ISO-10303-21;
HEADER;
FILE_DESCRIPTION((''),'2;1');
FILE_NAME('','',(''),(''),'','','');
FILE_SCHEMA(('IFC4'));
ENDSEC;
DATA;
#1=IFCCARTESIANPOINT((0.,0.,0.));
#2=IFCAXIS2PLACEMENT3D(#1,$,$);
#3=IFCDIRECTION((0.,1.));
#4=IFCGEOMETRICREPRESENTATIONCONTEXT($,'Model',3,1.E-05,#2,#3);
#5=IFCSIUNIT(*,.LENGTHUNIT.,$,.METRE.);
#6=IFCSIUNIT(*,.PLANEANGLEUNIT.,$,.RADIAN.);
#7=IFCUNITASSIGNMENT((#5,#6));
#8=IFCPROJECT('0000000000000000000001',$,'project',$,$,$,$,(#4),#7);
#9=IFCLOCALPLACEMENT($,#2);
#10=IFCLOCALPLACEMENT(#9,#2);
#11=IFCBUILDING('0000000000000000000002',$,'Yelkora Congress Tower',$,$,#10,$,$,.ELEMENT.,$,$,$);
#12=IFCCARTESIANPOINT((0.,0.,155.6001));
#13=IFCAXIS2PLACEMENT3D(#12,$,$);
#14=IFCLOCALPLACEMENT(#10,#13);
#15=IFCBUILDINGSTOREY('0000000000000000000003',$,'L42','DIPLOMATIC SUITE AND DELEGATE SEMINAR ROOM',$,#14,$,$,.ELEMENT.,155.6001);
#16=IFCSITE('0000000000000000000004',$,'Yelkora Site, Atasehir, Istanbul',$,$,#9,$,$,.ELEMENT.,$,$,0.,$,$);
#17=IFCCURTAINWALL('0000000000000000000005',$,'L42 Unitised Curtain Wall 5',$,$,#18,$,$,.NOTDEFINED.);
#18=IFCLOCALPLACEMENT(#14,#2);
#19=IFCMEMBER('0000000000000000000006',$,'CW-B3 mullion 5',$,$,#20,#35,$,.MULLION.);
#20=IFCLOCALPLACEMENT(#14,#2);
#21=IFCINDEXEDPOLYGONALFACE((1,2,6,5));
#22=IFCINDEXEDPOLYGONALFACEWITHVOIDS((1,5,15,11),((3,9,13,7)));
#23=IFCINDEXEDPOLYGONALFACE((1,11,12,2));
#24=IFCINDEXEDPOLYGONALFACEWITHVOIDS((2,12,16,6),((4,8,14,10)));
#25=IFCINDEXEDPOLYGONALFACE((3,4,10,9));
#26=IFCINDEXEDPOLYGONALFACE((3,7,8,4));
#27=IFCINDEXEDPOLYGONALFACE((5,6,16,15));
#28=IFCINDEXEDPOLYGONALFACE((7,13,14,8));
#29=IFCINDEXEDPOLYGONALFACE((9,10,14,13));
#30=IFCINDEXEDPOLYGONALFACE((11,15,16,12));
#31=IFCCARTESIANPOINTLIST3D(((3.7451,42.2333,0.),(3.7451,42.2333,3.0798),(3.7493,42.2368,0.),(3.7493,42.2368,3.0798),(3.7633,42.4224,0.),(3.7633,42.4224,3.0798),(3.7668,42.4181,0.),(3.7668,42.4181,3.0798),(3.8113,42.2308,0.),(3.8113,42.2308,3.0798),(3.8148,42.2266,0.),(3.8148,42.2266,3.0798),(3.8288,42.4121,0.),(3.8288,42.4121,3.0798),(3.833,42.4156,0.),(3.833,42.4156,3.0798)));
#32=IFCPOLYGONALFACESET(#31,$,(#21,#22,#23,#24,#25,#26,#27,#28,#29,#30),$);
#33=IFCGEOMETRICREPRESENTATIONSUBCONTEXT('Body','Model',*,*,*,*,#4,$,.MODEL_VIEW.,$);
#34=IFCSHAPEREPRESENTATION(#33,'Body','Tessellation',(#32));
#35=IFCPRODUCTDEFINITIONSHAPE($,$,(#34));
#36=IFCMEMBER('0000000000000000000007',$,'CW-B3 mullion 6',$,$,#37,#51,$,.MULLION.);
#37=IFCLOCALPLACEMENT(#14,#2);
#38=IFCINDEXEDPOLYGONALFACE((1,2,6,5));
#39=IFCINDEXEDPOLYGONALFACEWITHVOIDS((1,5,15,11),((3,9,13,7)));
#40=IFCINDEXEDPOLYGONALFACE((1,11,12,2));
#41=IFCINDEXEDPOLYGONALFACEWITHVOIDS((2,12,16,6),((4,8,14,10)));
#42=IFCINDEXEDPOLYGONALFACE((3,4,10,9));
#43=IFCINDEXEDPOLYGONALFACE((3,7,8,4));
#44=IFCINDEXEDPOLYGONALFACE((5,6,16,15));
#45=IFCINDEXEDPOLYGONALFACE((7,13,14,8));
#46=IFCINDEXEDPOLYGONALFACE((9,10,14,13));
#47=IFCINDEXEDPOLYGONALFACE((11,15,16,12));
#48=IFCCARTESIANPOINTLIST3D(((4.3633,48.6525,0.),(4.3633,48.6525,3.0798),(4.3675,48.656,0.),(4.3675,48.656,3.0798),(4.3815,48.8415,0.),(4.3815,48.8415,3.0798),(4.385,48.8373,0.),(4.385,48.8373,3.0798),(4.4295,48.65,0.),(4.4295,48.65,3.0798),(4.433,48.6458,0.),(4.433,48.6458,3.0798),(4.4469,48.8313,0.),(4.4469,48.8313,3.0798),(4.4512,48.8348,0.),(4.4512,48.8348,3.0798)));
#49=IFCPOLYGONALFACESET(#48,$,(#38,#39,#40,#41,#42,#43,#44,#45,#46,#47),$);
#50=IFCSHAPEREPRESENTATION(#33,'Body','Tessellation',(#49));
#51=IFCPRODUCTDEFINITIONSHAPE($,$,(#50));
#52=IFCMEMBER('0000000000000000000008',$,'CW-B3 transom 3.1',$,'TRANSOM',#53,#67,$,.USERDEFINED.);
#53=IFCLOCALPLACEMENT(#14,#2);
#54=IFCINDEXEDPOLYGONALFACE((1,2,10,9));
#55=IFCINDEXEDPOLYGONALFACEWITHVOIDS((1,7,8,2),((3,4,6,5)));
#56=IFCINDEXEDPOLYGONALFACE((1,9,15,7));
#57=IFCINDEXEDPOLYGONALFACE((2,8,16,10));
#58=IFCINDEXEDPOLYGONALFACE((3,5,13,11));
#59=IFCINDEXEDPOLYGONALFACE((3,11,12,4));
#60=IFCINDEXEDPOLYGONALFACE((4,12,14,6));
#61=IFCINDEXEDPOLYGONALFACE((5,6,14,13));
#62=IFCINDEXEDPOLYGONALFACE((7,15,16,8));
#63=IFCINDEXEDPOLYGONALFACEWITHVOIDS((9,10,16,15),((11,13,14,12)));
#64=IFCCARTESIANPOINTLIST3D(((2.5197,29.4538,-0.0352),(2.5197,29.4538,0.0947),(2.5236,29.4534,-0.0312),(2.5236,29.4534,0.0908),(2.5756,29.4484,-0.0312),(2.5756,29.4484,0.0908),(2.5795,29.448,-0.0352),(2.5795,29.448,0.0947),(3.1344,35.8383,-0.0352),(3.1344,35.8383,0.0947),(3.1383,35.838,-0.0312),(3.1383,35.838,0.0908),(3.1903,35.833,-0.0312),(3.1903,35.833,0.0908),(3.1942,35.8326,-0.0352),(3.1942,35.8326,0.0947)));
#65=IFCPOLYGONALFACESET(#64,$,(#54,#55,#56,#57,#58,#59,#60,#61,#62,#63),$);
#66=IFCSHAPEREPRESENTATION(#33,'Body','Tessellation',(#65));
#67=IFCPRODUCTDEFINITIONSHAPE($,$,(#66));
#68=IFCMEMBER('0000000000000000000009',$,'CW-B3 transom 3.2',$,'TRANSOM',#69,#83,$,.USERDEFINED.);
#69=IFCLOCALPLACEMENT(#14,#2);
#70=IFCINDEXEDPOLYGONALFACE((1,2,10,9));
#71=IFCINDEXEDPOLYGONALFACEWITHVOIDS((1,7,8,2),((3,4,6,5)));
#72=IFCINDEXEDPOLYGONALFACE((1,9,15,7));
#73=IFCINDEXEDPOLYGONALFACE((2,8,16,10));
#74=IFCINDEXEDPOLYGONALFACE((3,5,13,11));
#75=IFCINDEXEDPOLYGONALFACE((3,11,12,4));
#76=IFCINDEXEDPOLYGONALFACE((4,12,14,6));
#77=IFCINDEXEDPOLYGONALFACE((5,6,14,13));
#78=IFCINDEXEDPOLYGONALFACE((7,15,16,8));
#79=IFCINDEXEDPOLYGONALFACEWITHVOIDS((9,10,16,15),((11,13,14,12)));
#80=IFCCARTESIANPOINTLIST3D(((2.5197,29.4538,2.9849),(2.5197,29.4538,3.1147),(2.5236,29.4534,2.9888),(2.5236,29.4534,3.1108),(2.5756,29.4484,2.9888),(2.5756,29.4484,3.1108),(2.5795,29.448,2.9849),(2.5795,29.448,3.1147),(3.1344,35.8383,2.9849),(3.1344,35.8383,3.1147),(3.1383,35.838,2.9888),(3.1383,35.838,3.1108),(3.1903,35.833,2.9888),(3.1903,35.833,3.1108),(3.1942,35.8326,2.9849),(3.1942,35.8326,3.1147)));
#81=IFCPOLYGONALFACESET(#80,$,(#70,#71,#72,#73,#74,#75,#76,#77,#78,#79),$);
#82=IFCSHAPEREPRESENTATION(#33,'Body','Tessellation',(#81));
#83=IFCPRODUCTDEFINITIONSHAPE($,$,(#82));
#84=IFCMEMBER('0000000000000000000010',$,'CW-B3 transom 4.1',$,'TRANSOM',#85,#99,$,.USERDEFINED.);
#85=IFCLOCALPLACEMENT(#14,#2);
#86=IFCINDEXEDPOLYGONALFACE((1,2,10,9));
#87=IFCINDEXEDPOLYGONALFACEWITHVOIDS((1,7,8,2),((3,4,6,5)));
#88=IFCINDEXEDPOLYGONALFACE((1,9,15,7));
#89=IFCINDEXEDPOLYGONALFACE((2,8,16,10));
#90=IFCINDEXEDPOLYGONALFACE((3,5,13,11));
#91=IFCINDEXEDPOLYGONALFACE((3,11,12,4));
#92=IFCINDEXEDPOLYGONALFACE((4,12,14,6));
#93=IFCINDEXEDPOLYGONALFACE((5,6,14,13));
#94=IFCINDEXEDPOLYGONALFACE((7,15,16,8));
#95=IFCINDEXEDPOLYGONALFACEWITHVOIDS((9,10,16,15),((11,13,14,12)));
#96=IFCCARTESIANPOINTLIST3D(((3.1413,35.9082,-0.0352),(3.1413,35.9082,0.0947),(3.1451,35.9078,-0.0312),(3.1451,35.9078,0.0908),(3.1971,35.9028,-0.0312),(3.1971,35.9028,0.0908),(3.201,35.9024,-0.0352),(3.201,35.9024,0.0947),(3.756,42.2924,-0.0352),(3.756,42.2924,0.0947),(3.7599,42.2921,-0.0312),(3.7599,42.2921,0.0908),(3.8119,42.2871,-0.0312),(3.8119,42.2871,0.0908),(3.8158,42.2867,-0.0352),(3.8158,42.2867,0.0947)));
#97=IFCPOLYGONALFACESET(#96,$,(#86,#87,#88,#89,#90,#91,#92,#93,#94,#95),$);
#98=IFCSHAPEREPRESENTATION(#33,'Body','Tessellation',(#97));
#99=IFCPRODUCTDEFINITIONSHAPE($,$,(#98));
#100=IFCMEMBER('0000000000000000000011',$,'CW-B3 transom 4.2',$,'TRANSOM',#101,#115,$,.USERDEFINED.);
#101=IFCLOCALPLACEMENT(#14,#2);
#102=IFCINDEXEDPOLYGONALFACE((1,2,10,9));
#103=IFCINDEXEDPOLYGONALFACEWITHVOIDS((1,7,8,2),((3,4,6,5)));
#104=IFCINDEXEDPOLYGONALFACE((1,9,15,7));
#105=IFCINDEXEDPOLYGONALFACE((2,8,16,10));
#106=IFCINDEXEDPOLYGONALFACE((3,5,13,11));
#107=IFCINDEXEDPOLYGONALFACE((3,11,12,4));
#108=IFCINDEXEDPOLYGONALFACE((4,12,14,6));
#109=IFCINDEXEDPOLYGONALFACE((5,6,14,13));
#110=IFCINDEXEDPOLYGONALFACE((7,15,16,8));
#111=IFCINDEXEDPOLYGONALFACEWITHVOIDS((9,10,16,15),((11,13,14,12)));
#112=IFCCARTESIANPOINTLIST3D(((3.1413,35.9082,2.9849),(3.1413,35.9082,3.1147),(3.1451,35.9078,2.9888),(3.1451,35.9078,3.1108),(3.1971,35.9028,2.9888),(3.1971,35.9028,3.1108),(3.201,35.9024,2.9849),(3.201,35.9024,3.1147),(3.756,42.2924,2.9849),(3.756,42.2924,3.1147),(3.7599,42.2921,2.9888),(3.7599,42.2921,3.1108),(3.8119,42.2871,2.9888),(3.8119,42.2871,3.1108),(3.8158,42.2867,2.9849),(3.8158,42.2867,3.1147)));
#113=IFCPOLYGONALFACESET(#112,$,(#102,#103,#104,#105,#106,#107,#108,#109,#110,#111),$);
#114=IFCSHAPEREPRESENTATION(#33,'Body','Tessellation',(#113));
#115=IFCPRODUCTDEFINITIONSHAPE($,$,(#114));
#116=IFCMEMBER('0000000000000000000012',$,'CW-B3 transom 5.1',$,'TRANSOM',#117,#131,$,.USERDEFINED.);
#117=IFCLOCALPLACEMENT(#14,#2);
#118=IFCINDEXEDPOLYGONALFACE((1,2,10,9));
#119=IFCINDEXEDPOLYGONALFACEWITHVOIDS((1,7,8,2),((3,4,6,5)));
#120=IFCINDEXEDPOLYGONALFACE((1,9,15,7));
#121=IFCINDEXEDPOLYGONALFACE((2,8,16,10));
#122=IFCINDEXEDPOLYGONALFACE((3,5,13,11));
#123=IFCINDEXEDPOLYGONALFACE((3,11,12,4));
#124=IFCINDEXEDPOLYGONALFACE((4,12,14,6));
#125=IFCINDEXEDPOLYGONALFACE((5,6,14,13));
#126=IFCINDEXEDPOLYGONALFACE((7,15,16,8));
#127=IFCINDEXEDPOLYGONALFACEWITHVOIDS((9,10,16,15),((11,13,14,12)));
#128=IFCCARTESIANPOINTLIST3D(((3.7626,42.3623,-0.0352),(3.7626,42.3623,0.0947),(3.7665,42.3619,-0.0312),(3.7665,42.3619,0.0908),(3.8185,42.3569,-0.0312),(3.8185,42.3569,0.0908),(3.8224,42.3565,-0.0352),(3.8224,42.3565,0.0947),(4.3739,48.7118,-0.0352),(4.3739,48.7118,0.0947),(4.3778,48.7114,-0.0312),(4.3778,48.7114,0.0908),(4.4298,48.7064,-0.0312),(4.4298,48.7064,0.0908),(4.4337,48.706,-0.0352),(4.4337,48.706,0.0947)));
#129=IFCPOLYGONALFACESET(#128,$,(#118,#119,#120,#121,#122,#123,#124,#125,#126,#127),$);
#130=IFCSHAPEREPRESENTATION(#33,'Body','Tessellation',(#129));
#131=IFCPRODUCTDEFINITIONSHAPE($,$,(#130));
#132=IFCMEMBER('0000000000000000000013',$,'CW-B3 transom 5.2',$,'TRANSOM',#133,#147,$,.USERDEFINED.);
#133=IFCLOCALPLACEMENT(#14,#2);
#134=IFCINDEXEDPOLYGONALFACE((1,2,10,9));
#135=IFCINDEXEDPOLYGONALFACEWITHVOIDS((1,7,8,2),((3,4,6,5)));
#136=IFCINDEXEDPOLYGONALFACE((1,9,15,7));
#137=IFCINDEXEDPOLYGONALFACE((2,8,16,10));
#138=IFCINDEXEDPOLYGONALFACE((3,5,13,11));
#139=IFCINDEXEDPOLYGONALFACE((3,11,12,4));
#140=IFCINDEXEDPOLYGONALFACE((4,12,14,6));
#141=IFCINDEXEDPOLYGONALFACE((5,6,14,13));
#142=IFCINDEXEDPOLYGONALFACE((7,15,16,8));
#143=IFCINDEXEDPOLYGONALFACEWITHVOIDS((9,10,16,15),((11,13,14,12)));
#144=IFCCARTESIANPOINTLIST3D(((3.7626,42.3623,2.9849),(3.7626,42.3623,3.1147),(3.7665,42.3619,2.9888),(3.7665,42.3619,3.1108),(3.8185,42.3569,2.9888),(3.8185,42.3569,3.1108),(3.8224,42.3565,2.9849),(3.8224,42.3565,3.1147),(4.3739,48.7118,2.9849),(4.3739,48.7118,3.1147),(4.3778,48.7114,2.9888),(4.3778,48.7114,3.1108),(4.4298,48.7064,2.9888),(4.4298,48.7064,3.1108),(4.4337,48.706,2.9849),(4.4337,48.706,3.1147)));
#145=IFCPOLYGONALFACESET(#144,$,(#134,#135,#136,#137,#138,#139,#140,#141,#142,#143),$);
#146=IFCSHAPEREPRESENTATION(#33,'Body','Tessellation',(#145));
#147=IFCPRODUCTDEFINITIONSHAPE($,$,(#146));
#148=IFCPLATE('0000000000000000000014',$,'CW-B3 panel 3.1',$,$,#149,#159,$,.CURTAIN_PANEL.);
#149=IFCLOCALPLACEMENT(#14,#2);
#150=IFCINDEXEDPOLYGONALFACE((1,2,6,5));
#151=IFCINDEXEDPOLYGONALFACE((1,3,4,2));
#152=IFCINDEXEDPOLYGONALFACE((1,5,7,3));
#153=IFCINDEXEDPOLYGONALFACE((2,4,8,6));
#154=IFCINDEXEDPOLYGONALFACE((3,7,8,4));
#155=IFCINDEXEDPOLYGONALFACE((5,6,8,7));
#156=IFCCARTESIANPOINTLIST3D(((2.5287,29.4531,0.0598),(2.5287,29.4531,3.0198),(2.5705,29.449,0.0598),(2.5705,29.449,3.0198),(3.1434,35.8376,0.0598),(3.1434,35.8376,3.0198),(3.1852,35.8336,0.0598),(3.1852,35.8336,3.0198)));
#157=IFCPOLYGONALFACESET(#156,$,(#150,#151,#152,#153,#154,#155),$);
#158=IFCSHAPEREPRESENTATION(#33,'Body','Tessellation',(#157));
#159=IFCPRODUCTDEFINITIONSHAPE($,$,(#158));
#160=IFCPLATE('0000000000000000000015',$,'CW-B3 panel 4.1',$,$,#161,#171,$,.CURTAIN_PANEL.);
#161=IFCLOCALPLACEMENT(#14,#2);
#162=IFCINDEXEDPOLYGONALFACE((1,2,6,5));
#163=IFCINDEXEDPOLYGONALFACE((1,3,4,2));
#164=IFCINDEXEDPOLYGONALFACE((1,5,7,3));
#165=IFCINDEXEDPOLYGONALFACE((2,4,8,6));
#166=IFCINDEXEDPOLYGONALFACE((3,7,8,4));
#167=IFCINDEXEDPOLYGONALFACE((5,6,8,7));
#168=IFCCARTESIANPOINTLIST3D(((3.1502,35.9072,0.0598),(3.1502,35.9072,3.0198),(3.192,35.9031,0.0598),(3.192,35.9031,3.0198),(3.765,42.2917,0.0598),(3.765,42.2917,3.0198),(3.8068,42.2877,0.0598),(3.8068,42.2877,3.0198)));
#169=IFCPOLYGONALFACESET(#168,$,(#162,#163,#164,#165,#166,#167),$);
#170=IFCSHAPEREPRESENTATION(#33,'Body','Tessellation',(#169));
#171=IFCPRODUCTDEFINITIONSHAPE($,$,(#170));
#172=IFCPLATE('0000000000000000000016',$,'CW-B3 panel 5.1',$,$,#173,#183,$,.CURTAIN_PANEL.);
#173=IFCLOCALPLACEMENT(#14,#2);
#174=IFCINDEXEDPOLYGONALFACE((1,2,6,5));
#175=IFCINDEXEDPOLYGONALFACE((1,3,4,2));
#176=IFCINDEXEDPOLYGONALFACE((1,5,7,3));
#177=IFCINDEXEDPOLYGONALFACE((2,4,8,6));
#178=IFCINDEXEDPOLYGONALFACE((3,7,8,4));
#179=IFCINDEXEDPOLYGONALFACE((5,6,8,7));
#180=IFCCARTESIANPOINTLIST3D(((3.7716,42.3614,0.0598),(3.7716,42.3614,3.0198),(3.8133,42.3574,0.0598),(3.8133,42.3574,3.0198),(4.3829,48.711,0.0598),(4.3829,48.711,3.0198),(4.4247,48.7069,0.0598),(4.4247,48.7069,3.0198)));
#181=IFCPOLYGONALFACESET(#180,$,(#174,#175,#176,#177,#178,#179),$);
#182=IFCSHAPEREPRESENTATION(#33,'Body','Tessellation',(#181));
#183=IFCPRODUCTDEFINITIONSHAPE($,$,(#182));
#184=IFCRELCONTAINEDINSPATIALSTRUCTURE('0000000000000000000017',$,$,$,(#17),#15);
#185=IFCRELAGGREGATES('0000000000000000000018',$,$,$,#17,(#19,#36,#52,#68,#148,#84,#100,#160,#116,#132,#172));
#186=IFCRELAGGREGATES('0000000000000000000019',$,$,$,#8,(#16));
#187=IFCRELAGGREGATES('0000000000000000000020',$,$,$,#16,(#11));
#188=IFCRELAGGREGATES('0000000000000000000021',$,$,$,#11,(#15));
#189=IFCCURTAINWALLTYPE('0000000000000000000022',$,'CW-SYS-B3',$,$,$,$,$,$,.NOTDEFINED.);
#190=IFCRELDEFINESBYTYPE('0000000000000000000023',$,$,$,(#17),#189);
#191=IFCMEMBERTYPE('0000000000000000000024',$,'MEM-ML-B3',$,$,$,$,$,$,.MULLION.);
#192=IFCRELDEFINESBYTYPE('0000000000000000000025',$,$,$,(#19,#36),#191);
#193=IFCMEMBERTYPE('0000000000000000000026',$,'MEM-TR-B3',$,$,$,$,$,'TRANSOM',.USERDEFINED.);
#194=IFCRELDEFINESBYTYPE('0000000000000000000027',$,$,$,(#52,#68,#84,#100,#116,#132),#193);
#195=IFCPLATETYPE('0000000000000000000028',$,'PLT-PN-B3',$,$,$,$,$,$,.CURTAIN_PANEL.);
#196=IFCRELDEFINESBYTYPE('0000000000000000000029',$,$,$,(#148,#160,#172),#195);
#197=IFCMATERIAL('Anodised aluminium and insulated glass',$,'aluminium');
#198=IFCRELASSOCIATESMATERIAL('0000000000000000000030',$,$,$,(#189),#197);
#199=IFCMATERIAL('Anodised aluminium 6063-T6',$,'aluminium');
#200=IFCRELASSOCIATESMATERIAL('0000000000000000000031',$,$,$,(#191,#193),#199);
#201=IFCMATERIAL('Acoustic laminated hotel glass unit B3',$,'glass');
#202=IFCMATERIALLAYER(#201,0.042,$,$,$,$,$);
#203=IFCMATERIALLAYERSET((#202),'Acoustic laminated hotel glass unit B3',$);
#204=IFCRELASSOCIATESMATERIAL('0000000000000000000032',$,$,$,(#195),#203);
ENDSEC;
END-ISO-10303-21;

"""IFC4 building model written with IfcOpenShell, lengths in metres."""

from ifc_helpers import new_model, si_unit, direction, frame, origin, origin_2d, place, context, subcontext, project, spatial, rectangle, hollow_rectangle, extrude, material, layer, layer_set, material_profile, profile_set, type_object, element, aggregate, save


model = new_model("IFC4")

# Units and contexts
model_context = context("Model", 3, precision=1e-05, world=origin(), true_north=direction((0.0, 1.0)))
body_context = subcontext(model_context, "Body", "Model", "MODEL_VIEW")
ifc_project = project(units=[si_unit("LENGTHUNIT", "METRE"), si_unit("PLANEANGLEUNIT", "RADIAN")], contexts=[model_context])

# Site, building, storey
site_placement = place(None, origin())
site = spatial("IfcSite", under=ifc_project, at=site_placement, Name="Yelkora Site, Atasehir, Istanbul", CompositionType="ELEMENT", RefElevation=0.0)
building_placement = place(site_placement, origin())
building = spatial("IfcBuilding", under=site, at=building_placement, Name="Yelkora Congress Tower", CompositionType="ELEMENT")
storey_placement = place(building_placement, frame((0.0, 0.0, 155.6001)))
storey = spatial("IfcBuildingStorey", under=building, at=storey_placement, Name="L42", Description="DIPLOMATIC SUITE AND DELEGATE SEMINAR ROOM", CompositionType="ELEMENT", Elevation=155.6001)

# Curtain wall, members, plates
ifc_material_1 = material(Name="Anodised aluminium and insulated glass", Category="aluminium")
curtain_wall_type = type_object("IfcCurtainWallType", Name="CW-SYS-B3", PredefinedType="NOTDEFINED", material=ifc_material_1)
curtain_wall_placement = place(storey_placement, origin())
curtain_wall = element("IfcCurtainWall", 1, at=curtain_wall_placement, inside=storey, type_object=curtain_wall_type, Name="L42 Unitised Curtain Wall 5", PredefinedType="NOTDEFINED")
ifc_material_2 = material(Name="Anodised aluminium 6063-T6", Category="aluminium")
ifc_material_profile_1 = material_profile(ifc_material_2, hollow_rectangle(XDim=0.0701, YDim=0.1899, WallThickness=0.0039, at=origin_2d()), Name="ALU 70x190x4")
ifc_profile_set_1 = profile_set([ifc_material_profile_1], Name="Anodised aluminium 6063-T6")
member_type_1 = type_object("IfcMemberType", Name="MEM-ML-B3", PredefinedType="MULLION", material=ifc_profile_set_1)
member_1_placement = place(storey_placement, frame((3.7891, 42.3245, 0.0), z_axis=(0.0, 0.0, 1.0), x_axis=(-0.995396, 0.095845, 0.0)))
member_1 = element("IfcMember", 2, at=member_1_placement, type_object=member_type_1, Name="CW-B3 mullion 5", PredefinedType="MULLION", context=body_context, shape_type="SweptSolid", body=[
    extrude(hollow_rectangle(XDim=0.0701, YDim=0.1899, WallThickness=0.0039, at=origin_2d()), origin(), (0.0, 0.0, 1.0), 3.0798),
])
member_2_placement = place(storey_placement, frame((4.4072, 48.7437, 0.0), z_axis=(0.0, 0.0, 1.0), x_axis=(-0.995396, 0.095845, 0.0)))
member_2 = element("IfcMember", 3, at=member_2_placement, type_object=member_type_1, Name="CW-B3 mullion 6", PredefinedType="MULLION", context=body_context, shape_type="SweptSolid", body=[
    extrude(hollow_rectangle(XDim=0.0701, YDim=0.1899, WallThickness=0.0039, at=origin_2d()), origin(), (0.0, 0.0, 1.0), 3.0798),
])
ifc_material_profile_2 = material_profile(ifc_material_2, hollow_rectangle(XDim=0.0601, YDim=0.1299, WallThickness=0.0039, at=origin_2d()), Name="ALU 60x130x4")
ifc_profile_set_2 = profile_set([ifc_material_profile_2], Name="Anodised aluminium 6063-T6")
member_type_2 = type_object("IfcMemberType", Name="MEM-TR-B3", ElementType="TRANSOM", PredefinedType="USERDEFINED", material=ifc_profile_set_2)
member_3_placement = place(storey_placement, frame((2.5496, 29.4509, 0.0298), z_axis=(0.095844, 0.995396, 0.0), x_axis=(-0.995396, 0.095844, 0.0)))
member_3 = element("IfcMember", 4, at=member_3_placement, type_object=member_type_2, Name="CW-B3 transom 3.1", ObjectType="TRANSOM", PredefinedType="USERDEFINED", context=body_context, shape_type="SweptSolid", body=[
    extrude(hollow_rectangle(XDim=0.0601, YDim=0.1299, WallThickness=0.0039, at=origin_2d()), origin(), (0.0, 0.0, 1.0), 6.4141),
])
member_4_placement = place(storey_placement, frame((2.5496, 29.4509, 3.0498), z_axis=(0.095844, 0.995396, 0.0), x_axis=(-0.995396, 0.095844, 0.0)))
member_4 = element("IfcMember", 5, at=member_4_placement, type_object=member_type_2, Name="CW-B3 transom 3.2", ObjectType="TRANSOM", PredefinedType="USERDEFINED", context=body_context, shape_type="SweptSolid", body=[
    extrude(hollow_rectangle(XDim=0.0601, YDim=0.1299, WallThickness=0.0039, at=origin_2d()), origin(), (0.0, 0.0, 1.0), 6.4141),
])
member_5_placement = place(storey_placement, frame((3.1711, 35.9053, 0.0298), z_axis=(0.095847, 0.995396, 0.0), x_axis=(-0.995396, 0.095847, 0.0)))
member_5 = element("IfcMember", 6, at=member_5_placement, type_object=member_type_2, Name="CW-B3 transom 4.1", ObjectType="TRANSOM", PredefinedType="USERDEFINED", context=body_context, shape_type="SweptSolid", body=[
    extrude(hollow_rectangle(XDim=0.0601, YDim=0.1299, WallThickness=0.0039, at=origin_2d()), origin(), (0.0, 0.0, 1.0), 6.4138),
])
member_6_placement = place(storey_placement, frame((3.1711, 35.9053, 3.0498), z_axis=(0.095847, 0.995396, 0.0), x_axis=(-0.995396, 0.095847, 0.0)))
member_6 = element("IfcMember", 7, at=member_6_placement, type_object=member_type_2, Name="CW-B3 transom 4.2", ObjectType="TRANSOM", PredefinedType="USERDEFINED", context=body_context, shape_type="SweptSolid", body=[
    extrude(hollow_rectangle(XDim=0.0601, YDim=0.1299, WallThickness=0.0039, at=origin_2d()), origin(), (0.0, 0.0, 1.0), 6.4138),
])
member_7_placement = place(storey_placement, frame((3.7925, 42.3594, 0.0298), z_axis=(0.095835, 0.995397, 0.0), x_axis=(-0.995397, 0.095835, 0.0)))
member_7 = element("IfcMember", 8, at=member_7_placement, type_object=member_type_2, Name="CW-B3 transom 5.1", ObjectType="TRANSOM", PredefinedType="USERDEFINED", context=body_context, shape_type="SweptSolid", body=[
    extrude(hollow_rectangle(XDim=0.0601, YDim=0.1299, WallThickness=0.0039, at=origin_2d()), origin(), (0.0, 0.0, 1.0), 6.3789),
])
member_8_placement = place(storey_placement, frame((3.7925, 42.3594, 3.0498), z_axis=(0.095835, 0.995397, 0.0), x_axis=(-0.995397, 0.095835, 0.0)))
member_8 = element("IfcMember", 9, at=member_8_placement, type_object=member_type_2, Name="CW-B3 transom 5.2", ObjectType="TRANSOM", PredefinedType="USERDEFINED", context=body_context, shape_type="SweptSolid", body=[
    extrude(hollow_rectangle(XDim=0.0601, YDim=0.1299, WallThickness=0.0039, at=origin_2d()), origin(), (0.0, 0.0, 1.0), 6.3789),
])
ifc_material_3 = material(Name="Acoustic laminated hotel glass unit B3", Category="glass")
ifc_layer_1 = layer(ifc_material_3, 0.042)
ifc_layer_set_1 = layer_set([ifc_layer_1], Name="Acoustic laminated hotel glass unit B3")
plate_type = type_object("IfcPlateType", Name="PLT-PN-B3", PredefinedType="CURTAIN_PANEL", material=ifc_layer_set_1)
plate_1_placement = place(storey_placement, frame((2.8569, 32.6433, 0.0598), z_axis=(0.0, 0.0, 1.0), x_axis=(0.095845, 0.995396, 0.0)))
plate_1 = element("IfcPlate", 10, at=plate_1_placement, type_object=plate_type, Name="CW-B3 panel 3.1", PredefinedType="CURTAIN_PANEL", context=body_context, shape_type="SweptSolid", body=[
    extrude(rectangle(XDim=6.4141, YDim=0.042, at=origin_2d()), origin(), (0.0, 0.0, 1.0), 2.96),
])
plate_2_placement = place(storey_placement, frame((3.4785, 39.0974, 0.0598), z_axis=(0.0, 0.0, 1.0), x_axis=(0.095845, 0.995396, 0.0)))
plate_2 = element("IfcPlate", 11, at=plate_2_placement, type_object=plate_type, Name="CW-B3 panel 4.1", PredefinedType="CURTAIN_PANEL", context=body_context, shape_type="SweptSolid", body=[
    extrude(rectangle(XDim=6.4141, YDim=0.042, at=origin_2d()), origin(), (0.0, 0.0, 1.0), 2.96),
])
plate_3_placement = place(storey_placement, frame((4.0981, 45.5342, 0.0598), z_axis=(0.0, 0.0, 1.0), x_axis=(0.095845, 0.995396, 0.0)))
plate_3 = element("IfcPlate", 12, at=plate_3_placement, type_object=plate_type, Name="CW-B3 panel 5.1", PredefinedType="CURTAIN_PANEL", context=body_context, shape_type="SweptSolid", body=[
    extrude(rectangle(XDim=6.3789, YDim=0.042, at=origin_2d()), origin(), (0.0, 0.0, 1.0), 2.96),
])
aggregate(curtain_wall, [member_1, member_2, member_3, member_4, plate_1, member_5, member_6, plate_2, member_7, member_8, plate_3])

save(model, "model.ifc")
